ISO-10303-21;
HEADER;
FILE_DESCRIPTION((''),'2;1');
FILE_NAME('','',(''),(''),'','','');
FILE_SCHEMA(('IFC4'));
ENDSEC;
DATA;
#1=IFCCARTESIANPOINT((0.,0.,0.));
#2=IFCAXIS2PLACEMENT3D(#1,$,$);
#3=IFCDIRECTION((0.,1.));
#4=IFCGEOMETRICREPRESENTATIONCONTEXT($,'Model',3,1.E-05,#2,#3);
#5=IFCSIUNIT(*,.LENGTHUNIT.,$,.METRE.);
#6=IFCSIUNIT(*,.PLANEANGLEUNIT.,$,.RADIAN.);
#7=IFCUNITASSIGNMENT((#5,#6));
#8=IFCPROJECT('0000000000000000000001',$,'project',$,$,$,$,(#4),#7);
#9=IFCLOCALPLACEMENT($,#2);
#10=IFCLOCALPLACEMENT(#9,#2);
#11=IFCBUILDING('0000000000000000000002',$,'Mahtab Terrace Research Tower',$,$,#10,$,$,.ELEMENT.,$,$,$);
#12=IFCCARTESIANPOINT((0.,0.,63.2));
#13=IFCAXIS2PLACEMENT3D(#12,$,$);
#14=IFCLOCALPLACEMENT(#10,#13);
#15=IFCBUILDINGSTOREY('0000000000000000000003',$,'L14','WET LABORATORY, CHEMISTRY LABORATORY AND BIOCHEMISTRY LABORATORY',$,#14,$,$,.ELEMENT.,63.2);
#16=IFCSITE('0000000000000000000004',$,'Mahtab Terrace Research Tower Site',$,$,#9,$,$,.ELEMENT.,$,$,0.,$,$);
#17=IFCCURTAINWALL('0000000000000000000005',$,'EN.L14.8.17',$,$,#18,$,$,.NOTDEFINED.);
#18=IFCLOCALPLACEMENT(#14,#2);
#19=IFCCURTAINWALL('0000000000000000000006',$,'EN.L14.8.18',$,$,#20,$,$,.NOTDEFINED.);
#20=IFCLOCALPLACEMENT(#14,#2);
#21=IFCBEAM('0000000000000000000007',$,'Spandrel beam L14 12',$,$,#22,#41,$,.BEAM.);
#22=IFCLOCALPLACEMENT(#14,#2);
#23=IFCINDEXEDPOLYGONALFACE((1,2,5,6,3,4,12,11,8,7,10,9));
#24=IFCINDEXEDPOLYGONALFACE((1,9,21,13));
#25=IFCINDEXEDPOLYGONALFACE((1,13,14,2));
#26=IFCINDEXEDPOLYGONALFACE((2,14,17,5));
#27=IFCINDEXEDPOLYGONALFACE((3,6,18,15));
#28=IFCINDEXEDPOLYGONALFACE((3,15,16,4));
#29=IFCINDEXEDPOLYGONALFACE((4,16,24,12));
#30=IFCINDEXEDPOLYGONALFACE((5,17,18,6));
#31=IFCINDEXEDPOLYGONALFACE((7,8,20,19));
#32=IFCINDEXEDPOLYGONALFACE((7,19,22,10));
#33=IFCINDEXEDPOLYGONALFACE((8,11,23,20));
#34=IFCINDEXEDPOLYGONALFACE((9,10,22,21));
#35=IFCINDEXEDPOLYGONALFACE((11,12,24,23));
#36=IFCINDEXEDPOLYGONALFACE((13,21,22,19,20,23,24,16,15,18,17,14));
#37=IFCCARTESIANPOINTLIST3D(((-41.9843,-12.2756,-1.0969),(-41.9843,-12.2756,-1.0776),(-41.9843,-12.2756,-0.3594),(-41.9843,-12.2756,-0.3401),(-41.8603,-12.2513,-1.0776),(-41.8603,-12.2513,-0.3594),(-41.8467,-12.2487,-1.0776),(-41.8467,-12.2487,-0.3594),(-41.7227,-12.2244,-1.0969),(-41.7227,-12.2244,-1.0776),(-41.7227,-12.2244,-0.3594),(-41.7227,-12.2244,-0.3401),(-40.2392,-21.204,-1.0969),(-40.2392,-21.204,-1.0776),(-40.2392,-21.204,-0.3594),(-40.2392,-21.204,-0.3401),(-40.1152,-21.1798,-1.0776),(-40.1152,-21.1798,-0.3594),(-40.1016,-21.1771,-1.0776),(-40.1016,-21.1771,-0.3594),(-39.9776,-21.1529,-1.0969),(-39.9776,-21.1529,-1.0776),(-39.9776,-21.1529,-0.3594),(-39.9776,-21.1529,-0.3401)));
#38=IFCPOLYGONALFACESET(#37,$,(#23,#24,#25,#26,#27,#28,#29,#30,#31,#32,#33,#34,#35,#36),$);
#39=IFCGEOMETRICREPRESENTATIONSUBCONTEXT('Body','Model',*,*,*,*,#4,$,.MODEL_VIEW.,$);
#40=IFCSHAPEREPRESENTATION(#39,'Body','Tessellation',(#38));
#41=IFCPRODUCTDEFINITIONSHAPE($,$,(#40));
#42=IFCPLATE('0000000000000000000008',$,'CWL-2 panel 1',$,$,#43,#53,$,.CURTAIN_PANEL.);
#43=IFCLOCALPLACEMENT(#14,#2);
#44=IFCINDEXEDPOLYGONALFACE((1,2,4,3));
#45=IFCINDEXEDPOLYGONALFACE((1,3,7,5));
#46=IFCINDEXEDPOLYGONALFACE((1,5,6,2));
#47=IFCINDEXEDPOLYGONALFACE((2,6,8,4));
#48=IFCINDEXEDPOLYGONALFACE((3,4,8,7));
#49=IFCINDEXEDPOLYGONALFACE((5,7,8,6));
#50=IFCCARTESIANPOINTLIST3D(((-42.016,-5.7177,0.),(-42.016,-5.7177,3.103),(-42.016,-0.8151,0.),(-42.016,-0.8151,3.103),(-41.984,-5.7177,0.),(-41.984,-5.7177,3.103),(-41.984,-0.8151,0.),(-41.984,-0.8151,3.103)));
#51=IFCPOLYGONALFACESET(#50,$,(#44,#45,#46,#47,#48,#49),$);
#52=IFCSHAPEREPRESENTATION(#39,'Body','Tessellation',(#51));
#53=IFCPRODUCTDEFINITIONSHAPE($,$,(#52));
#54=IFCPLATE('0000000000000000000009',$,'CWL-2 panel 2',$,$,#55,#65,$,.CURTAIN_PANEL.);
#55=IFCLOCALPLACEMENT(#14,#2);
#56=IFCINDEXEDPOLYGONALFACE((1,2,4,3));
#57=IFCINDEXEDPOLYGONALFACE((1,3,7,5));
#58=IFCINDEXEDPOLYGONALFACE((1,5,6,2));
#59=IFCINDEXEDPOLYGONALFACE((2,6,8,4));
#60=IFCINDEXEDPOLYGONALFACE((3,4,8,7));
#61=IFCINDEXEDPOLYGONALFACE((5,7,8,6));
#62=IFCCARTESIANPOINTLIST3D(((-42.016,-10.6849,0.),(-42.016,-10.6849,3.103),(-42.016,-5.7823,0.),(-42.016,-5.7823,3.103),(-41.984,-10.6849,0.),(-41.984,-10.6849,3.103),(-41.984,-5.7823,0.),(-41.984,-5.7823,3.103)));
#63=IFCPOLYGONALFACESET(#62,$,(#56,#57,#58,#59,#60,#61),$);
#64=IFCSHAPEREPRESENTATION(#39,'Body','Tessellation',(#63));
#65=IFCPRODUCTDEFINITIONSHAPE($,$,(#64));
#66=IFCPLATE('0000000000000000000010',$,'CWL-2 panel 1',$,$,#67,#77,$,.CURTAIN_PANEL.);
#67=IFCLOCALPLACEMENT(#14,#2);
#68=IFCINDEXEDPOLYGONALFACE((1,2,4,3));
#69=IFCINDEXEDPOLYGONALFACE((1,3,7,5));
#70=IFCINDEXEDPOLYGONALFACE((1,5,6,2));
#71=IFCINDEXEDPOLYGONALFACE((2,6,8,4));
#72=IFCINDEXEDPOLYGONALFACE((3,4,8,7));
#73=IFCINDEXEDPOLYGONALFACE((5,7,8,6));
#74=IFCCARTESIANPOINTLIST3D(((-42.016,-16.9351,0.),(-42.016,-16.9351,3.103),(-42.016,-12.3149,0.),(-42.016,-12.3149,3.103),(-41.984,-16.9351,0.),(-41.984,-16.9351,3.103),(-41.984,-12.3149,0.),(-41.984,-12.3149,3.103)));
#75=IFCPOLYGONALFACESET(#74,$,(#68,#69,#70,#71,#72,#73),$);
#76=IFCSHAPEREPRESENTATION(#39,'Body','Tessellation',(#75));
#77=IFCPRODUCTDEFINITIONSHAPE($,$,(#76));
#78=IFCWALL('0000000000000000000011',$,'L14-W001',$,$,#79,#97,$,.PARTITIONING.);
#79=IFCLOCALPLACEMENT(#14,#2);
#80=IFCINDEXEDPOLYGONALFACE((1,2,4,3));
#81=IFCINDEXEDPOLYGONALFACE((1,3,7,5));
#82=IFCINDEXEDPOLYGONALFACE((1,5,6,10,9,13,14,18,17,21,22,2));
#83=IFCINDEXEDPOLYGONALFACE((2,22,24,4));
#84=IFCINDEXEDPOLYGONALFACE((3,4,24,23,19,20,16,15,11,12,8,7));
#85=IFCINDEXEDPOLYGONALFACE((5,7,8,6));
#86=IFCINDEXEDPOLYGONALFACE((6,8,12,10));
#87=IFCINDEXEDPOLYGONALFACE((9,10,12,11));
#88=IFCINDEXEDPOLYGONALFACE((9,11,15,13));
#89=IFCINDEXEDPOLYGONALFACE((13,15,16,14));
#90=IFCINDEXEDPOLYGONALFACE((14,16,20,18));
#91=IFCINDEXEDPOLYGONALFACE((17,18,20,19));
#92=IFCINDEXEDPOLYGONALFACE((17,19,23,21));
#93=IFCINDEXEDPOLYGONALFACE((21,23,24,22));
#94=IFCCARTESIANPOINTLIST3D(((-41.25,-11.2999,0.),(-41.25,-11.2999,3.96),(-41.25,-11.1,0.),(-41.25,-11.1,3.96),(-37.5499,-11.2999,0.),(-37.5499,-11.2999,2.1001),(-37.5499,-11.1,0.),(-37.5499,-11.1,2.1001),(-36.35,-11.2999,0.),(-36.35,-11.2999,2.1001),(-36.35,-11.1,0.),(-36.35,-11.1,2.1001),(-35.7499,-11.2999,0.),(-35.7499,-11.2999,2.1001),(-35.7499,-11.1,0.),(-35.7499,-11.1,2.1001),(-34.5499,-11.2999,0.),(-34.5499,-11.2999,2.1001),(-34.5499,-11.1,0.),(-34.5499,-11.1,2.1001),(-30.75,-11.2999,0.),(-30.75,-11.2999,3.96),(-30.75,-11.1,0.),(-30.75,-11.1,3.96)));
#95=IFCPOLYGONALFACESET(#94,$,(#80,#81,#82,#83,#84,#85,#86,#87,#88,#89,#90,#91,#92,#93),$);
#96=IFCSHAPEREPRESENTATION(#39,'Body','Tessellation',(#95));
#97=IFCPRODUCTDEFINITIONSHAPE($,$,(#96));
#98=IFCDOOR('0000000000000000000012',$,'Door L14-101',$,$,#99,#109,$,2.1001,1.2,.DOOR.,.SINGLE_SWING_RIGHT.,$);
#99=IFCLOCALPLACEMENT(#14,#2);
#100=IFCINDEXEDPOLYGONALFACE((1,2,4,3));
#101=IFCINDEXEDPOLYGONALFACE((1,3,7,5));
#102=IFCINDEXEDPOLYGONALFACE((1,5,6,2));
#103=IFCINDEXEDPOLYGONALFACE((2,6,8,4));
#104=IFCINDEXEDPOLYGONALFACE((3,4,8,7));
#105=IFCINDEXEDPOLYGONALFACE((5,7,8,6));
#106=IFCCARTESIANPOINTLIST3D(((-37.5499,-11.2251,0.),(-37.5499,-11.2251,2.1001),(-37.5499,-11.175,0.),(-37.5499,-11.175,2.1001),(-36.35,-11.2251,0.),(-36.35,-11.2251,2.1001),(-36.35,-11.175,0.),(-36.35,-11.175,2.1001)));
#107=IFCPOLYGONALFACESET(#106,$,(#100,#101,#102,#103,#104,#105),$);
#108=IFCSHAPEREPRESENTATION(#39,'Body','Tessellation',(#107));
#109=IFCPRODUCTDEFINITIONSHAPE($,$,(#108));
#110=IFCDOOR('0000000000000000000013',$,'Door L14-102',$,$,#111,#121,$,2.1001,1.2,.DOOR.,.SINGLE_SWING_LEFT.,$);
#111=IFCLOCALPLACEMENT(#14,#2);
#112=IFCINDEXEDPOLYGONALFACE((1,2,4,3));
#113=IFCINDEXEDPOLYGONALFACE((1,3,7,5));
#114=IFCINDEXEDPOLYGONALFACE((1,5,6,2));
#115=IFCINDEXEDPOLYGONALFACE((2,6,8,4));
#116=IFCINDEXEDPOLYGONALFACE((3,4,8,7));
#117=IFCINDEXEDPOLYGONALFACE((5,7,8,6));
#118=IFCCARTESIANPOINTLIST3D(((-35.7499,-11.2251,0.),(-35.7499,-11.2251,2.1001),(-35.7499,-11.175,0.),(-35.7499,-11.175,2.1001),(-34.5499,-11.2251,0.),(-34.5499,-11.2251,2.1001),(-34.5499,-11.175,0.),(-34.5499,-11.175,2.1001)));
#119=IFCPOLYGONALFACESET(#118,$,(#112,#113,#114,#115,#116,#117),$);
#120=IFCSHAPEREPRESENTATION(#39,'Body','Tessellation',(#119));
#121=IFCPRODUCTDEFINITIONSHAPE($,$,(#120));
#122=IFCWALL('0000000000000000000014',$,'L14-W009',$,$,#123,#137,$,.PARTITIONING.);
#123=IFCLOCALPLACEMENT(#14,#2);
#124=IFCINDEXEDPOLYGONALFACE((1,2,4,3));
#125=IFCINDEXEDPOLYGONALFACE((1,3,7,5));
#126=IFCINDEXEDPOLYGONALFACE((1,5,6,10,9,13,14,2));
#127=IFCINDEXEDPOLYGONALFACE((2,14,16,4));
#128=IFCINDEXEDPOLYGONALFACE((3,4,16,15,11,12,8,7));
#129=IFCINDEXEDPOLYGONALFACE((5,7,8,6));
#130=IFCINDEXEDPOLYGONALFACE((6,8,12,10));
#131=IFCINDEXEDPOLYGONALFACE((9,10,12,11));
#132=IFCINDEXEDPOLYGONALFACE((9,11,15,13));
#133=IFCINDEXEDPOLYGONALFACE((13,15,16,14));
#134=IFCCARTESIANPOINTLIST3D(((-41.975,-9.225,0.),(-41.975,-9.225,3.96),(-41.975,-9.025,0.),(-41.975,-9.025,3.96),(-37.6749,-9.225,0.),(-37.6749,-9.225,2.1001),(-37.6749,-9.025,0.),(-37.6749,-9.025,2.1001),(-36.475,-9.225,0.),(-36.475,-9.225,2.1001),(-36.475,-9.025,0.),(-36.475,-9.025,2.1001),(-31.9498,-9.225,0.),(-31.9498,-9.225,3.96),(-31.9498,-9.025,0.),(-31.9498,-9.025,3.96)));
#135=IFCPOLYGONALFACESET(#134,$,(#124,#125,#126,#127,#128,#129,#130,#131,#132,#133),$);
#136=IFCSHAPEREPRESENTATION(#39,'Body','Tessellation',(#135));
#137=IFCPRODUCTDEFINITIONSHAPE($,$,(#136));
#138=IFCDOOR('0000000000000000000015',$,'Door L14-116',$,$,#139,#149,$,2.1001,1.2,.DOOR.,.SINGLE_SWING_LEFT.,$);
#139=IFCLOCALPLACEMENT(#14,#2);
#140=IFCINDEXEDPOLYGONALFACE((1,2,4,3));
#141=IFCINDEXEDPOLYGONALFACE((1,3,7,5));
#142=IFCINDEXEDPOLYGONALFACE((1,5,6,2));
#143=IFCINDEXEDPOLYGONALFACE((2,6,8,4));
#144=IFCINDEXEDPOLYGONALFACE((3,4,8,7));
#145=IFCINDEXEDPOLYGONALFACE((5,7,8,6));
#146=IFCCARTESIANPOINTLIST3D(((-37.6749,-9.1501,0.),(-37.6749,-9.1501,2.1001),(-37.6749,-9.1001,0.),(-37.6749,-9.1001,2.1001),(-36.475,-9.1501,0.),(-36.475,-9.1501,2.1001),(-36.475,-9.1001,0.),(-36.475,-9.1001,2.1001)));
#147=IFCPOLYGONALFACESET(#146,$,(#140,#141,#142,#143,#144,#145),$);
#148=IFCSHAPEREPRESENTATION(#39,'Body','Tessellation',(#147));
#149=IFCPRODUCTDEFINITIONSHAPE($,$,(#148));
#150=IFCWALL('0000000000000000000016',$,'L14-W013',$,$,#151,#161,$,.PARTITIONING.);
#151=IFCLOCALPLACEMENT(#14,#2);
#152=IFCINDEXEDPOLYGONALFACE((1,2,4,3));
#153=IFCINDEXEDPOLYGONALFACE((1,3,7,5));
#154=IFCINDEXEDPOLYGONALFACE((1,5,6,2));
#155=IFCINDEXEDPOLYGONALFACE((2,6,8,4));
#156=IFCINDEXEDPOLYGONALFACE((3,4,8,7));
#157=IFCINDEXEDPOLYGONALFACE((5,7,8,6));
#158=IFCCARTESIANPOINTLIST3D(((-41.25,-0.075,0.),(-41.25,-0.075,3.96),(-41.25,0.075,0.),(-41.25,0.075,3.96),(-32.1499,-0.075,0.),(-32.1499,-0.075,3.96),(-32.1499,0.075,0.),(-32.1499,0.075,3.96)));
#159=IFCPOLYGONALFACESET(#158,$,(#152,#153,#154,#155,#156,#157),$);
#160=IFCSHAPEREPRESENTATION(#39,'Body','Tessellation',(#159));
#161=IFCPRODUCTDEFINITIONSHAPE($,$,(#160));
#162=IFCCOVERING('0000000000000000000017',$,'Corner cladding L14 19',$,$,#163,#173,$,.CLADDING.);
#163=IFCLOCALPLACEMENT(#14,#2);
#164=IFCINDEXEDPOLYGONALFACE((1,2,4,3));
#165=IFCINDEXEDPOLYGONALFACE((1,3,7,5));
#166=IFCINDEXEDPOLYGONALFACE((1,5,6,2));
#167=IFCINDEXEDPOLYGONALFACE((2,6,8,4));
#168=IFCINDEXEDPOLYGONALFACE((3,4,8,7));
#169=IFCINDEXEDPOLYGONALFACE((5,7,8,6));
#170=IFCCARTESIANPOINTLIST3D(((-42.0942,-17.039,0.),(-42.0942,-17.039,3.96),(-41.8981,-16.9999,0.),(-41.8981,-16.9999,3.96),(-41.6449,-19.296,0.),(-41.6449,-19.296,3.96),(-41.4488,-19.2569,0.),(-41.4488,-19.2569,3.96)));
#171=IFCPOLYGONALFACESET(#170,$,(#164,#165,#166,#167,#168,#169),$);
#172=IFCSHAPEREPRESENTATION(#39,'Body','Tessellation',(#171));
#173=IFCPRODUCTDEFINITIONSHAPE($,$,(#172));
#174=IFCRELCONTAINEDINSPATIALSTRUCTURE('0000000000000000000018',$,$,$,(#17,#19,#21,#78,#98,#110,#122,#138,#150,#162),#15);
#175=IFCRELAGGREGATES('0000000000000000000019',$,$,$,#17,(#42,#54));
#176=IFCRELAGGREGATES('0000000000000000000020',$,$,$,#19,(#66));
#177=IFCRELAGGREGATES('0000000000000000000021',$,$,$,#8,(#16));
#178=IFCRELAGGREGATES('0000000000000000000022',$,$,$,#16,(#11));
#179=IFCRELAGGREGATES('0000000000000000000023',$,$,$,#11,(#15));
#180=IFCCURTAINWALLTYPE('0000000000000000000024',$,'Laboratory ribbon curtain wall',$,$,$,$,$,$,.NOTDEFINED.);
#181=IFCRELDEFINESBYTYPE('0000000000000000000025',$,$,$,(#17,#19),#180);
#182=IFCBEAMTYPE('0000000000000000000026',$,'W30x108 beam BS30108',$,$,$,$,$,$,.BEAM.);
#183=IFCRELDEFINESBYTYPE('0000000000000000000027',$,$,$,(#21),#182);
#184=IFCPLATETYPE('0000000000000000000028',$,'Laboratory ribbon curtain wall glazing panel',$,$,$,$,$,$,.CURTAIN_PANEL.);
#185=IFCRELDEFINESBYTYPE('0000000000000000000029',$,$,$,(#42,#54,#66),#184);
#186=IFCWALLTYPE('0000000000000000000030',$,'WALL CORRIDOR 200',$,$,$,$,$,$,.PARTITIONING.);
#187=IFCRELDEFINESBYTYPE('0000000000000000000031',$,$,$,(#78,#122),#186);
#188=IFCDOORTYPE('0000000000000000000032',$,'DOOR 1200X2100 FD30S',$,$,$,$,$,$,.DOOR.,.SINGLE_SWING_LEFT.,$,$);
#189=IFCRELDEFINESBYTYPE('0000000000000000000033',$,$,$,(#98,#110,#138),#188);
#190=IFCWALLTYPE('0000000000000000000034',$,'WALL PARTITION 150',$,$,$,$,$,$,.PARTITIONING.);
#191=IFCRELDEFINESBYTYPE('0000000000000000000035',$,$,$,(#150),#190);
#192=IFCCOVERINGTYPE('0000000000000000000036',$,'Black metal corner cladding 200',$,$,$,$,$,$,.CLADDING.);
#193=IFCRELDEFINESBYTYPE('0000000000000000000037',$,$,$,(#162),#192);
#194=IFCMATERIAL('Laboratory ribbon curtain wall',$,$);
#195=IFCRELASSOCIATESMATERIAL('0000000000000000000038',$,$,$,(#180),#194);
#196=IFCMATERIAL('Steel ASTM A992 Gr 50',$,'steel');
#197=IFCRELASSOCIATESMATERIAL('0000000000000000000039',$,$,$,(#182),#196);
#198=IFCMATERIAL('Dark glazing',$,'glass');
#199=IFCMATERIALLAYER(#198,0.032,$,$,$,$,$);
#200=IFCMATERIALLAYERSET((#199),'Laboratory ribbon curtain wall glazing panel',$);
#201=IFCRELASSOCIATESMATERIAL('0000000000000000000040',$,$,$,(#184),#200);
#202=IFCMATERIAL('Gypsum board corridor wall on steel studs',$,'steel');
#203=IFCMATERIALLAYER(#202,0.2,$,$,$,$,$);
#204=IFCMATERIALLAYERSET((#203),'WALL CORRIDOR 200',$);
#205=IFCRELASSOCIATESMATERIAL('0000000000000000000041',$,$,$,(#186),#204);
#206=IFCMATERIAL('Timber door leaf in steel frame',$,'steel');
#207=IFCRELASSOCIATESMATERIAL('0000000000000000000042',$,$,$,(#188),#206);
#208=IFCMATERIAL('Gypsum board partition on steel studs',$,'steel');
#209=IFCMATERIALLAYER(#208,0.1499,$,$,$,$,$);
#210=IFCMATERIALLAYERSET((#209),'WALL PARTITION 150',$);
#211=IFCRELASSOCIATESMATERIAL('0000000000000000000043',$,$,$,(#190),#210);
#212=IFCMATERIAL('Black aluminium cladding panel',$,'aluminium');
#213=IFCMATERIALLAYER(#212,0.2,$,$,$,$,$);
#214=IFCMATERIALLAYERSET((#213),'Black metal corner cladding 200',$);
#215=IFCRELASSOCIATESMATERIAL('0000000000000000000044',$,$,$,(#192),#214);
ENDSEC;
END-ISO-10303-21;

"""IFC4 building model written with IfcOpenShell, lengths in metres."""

from ifc_helpers import new_model, si_unit, direction, frame, frame_2d, origin, origin_2d, place, context, subcontext, project, spatial, rectangle, i_section, extrude, material, layer, layer_set, material_profile, profile_set, type_object, element, fill, aggregate, save


model = new_model("IFC4")

# Units and contexts
model_context = context("Model", 3, precision=1e-05, world=origin(), true_north=direction((0.0, 1.0)))
body_context = subcontext(model_context, "Body", "Model", "MODEL_VIEW")
ifc_project = project(units=[si_unit("LENGTHUNIT", "METRE"), si_unit("PLANEANGLEUNIT", "RADIAN")], contexts=[model_context])

# Site, building, storey
site_placement = place(None, origin())
site = spatial("IfcSite", under=ifc_project, at=site_placement, Name="Mahtab Terrace Research Tower Site", CompositionType="ELEMENT", RefElevation=0.0)
building_placement = place(site_placement, origin())
building = spatial("IfcBuilding", under=site, at=building_placement, Name="Mahtab Terrace Research Tower", CompositionType="ELEMENT")
storey_placement = place(building_placement, frame((0.0, 0.0, 63.2)))
storey = spatial("IfcBuildingStorey", under=building, at=storey_placement, Name="L14", Description="WET LABORATORY, CHEMISTRY LABORATORY AND BIOCHEMISTRY LABORATORY", CompositionType="ELEMENT", Elevation=63.2)

# Shared definitions
ifc_material_1 = material(Name="Steel ASTM A992 Gr 50", Category="steel")

# Shared definitions
ifc_material_2 = material(Name="Laboratory ribbon curtain wall")
curtain_wall_type = type_object("IfcCurtainWallType", Name="Laboratory ribbon curtain wall", PredefinedType="NOTDEFINED", material=ifc_material_2)

# Curtain walls
curtain_wall_1_placement = place(storey_placement, origin())
curtain_wall_1 = element("IfcCurtainWall", 1, at=curtain_wall_1_placement, inside=storey, type_object=curtain_wall_type, Name="EN.L14.8.17", PredefinedType="NOTDEFINED")
curtain_wall_2_placement = place(storey_placement, origin())
curtain_wall_2 = element("IfcCurtainWall", 2, at=curtain_wall_2_placement, inside=storey, type_object=curtain_wall_type, Name="EN.L14.8.18", PredefinedType="NOTDEFINED")

# Beam
ifc_material_profile_1 = material_profile(ifc_material_1, i_section(OverallWidth=0.2666, OverallDepth=0.7568, WebThickness=0.0139, FlangeThickness=0.0193, at=origin_2d()), Name="W30X108")
ifc_profile_set_1 = profile_set([ifc_material_profile_1], Name="Steel ASTM A992 Gr 50")
beam_type = type_object("IfcBeamType", Name="W30x108 beam BS30108", PredefinedType="BEAM", material=ifc_profile_set_1)
beam_1_placement = place(storey_placement, frame((-41.8535, -12.25, -0.7185), z_axis=(0.191826, -0.981429, 0.0), x_axis=(0.981429, 0.191826, 0.0)))
element("IfcBeam", 3, at=beam_1_placement, inside=storey, type_object=beam_type, Name="Spandrel beam L14 12", PredefinedType="BEAM", context=body_context, shape_type="SweptSolid", body=[
    extrude(i_section(OverallWidth=0.2666, OverallDepth=0.7568, WebThickness=0.0139, FlangeThickness=0.0193, at=origin_2d()), origin(), (0.0, 0.0, 1.0), 9.0974),
])

# Plates
ifc_material_3 = material(Name="Dark glazing", Category="glass")
ifc_layer_1 = layer(ifc_material_3, 0.032)
ifc_layer_set_1 = layer_set([ifc_layer_1], Name="Laboratory ribbon curtain wall glazing panel")
plate_type = type_object("IfcPlateType", Name="Laboratory ribbon curtain wall glazing panel", PredefinedType="CURTAIN_PANEL", material=ifc_layer_set_1)
plate_1_placement = place(storey_placement, frame((-42.0, -3.2664, 0.0), z_axis=(0.0, 0.0, 1.0), x_axis=(0.0, -1.0, 0.0)))
plate_1 = element("IfcPlate", 4, at=plate_1_placement, type_object=plate_type, Name="CWL-2 panel 1", PredefinedType="CURTAIN_PANEL", context=body_context, shape_type="SweptSolid", body=[
    extrude(rectangle(XDim=4.9026, YDim=0.032, at=origin_2d()), origin(), (0.0, 0.0, 1.0), 3.103),
])
plate_2_placement = place(storey_placement, frame((-42.0, -8.2336, 0.0), z_axis=(0.0, 0.0, 1.0), x_axis=(0.0, -1.0, 0.0)))
plate_2 = element("IfcPlate", 5, at=plate_2_placement, type_object=plate_type, Name="CWL-2 panel 2", PredefinedType="CURTAIN_PANEL", context=body_context, shape_type="SweptSolid", body=[
    extrude(rectangle(XDim=4.9026, YDim=0.032, at=origin_2d()), origin(), (0.0, 0.0, 1.0), 3.103),
])
aggregate(curtain_wall_1, [plate_1, plate_2])
plate_3_placement = place(storey_placement, frame((-42.0, -14.625, 0.0), z_axis=(0.0, 0.0, 1.0), x_axis=(0.0, -1.0, 0.0)))
plate_3 = element("IfcPlate", 6, at=plate_3_placement, type_object=plate_type, Name="CWL-2 panel 1", PredefinedType="CURTAIN_PANEL", context=body_context, shape_type="SweptSolid", body=[
    extrude(rectangle(XDim=4.6201, YDim=0.032, at=origin_2d()), origin(), (0.0, 0.0, 1.0), 3.103),
])
aggregate(curtain_wall_2, [plate_3])

# Wall, openings, doors
ifc_material_4 = material(Name="Gypsum board corridor wall on steel studs", Category="steel")
ifc_layer_2 = layer(ifc_material_4, 0.2)
ifc_layer_set_2 = layer_set([ifc_layer_2], Name="WALL CORRIDOR 200")
wall_type_1 = type_object("IfcWallType", Name="WALL CORRIDOR 200", PredefinedType="PARTITIONING", material=ifc_layer_set_2)
wall_1_placement = place(storey_placement, frame((-41.25, -11.2, 0.0), z_axis=(0.0, 0.0, 1.0), x_axis=(1.0, 0.0, 0.0)))
wall_1 = element("IfcWall", 7, at=wall_1_placement, inside=storey, type_object=wall_type_1, Name="L14-W001", PredefinedType="PARTITIONING", context=body_context, shape_type="SweptSolid", body=[
    extrude(rectangle(XDim=10.5, YDim=0.2, at=frame_2d((5.25, 0.0))), origin(), (0.0, 0.0, 1.0), 3.96),
])
opening_1_placement = place(wall_1_placement, frame((3.7, 0.0, 0.0)))
opening_1 = element("IfcOpeningElement", 8, at=opening_1_placement, cuts=wall_1, PredefinedType="OPENING", context=body_context, shape_type="SweptSolid", body=[
    extrude(rectangle(XDim=1.2, YDim=2.1001, at=frame_2d((0.6001, 1.05))), frame((0.0, 0.1099, 0.0), z_axis=(0.0, -1.0, 0.0), x_axis=(1.0, 0.0, 0.0)), (0.0, 0.0, 1.0), 0.22),
])
opening_2_placement = place(wall_1_placement, frame((5.5, 0.0, 0.0)))
opening_2 = element("IfcOpeningElement", 9, at=opening_2_placement, cuts=wall_1, PredefinedType="OPENING", context=body_context, shape_type="SweptSolid", body=[
    extrude(rectangle(XDim=1.2, YDim=2.1001, at=frame_2d((0.6001, 1.05))), frame((0.0, 0.1099, 0.0), z_axis=(0.0, -1.0, 0.0), x_axis=(1.0, 0.0, 0.0)), (0.0, 0.0, 1.0), 0.22),
])
ifc_material_5 = material(Name="Timber door leaf in steel frame", Category="steel")
door_type = type_object("IfcDoorType", Name="DOOR 1200X2100 FD30S", OperationType="SINGLE_SWING_LEFT", PredefinedType="DOOR", material=ifc_material_5)
door_1_placement = place(opening_1_placement, origin())
door_1 = element("IfcDoor", 10, at=door_1_placement, inside=storey, type_object=door_type, Name="Door L14-101", OperationType="SINGLE_SWING_RIGHT", OverallHeight=2.1001, OverallWidth=1.2, PredefinedType="DOOR", context=body_context, shape_type="SweptSolid", body=[
    extrude(rectangle(XDim=1.2, YDim=2.1001, at=frame_2d((0.6001, 1.05))), frame((0.0, 0.0249, 0.0), z_axis=(0.0, -1.0, 0.0), x_axis=(1.0, 0.0, 0.0)), (0.0, 0.0, 1.0), 0.05),
])
fill(opening_1, door_1)
door_2_placement = place(opening_2_placement, origin())
door_2 = element("IfcDoor", 11, at=door_2_placement, inside=storey, type_object=door_type, Name="Door L14-102", OperationType="SINGLE_SWING_LEFT", OverallHeight=2.1001, OverallWidth=1.2, PredefinedType="DOOR", context=body_context, shape_type="SweptSolid", body=[
    extrude(rectangle(XDim=1.2, YDim=2.1001, at=frame_2d((0.6001, 1.05))), frame((0.0, 0.0249, 0.0), z_axis=(0.0, -1.0, 0.0), x_axis=(1.0, 0.0, 0.0)), (0.0, 0.0, 1.0), 0.05),
])
fill(opening_2, door_2)

# Wall, opening, door
wall_2_placement = place(storey_placement, frame((-41.9751, -9.125, 0.0), z_axis=(0.0, 0.0, 1.0), x_axis=(1.0, 0.0, 0.0)))
wall_2 = element("IfcWall", 12, at=wall_2_placement, inside=storey, type_object=wall_type_1, Name="L14-W009", PredefinedType="PARTITIONING", context=body_context, shape_type="SweptSolid", body=[
    extrude(rectangle(XDim=10.0251, YDim=0.2, at=frame_2d((5.0127, 0.0))), origin(), (0.0, 0.0, 1.0), 3.96),
])
opening_3_placement = place(wall_2_placement, frame((4.3, 0.0, 0.0)))
opening_3 = element("IfcOpeningElement", 13, at=opening_3_placement, cuts=wall_2, PredefinedType="OPENING", context=body_context, shape_type="SweptSolid", body=[
    extrude(rectangle(XDim=1.2, YDim=2.1001, at=frame_2d((0.6001, 1.05))), frame((0.0, 0.1099, 0.0), z_axis=(0.0, -1.0, 0.0), x_axis=(1.0, 0.0, 0.0)), (0.0, 0.0, 1.0), 0.22),
])
door_3_placement = place(opening_3_placement, origin())
door_3 = element("IfcDoor", 14, at=door_3_placement, inside=storey, type_object=door_type, Name="Door L14-116", OperationType="SINGLE_SWING_LEFT", OverallHeight=2.1001, OverallWidth=1.2, PredefinedType="DOOR", context=body_context, shape_type="SweptSolid", body=[
    extrude(rectangle(XDim=1.2, YDim=2.1001, at=frame_2d((0.6001, 1.05))), frame((0.0, 0.0249, 0.0), z_axis=(0.0, -1.0, 0.0), x_axis=(1.0, 0.0, 0.0)), (0.0, 0.0, 1.0), 0.05),
])
fill(opening_3, door_3)

# Wall
ifc_material_6 = material(Name="Gypsum board partition on steel studs", Category="steel")
ifc_layer_3 = layer(ifc_material_6, 0.1499)
ifc_layer_set_3 = layer_set([ifc_layer_3], Name="WALL PARTITION 150")
wall_type_2 = type_object("IfcWallType", Name="WALL PARTITION 150", PredefinedType="PARTITIONING", material=ifc_layer_set_3)
wall_3_placement = place(storey_placement, frame((-41.25, 0.0, 0.0), z_axis=(0.0, 0.0, 1.0), x_axis=(1.0, 0.0, 0.0)))
element("IfcWall", 15, at=wall_3_placement, inside=storey, type_object=wall_type_2, Name="L14-W013", PredefinedType="PARTITIONING", context=body_context, shape_type="SweptSolid", body=[
    extrude(rectangle(XDim=9.1001, YDim=0.1499, at=frame_2d((4.55, 0.0))), origin(), (0.0, 0.0, 1.0), 3.96),
])

# Covering
ifc_material_7 = material(Name="Black aluminium cladding panel", Category="aluminium")
ifc_layer_4 = layer(ifc_material_7, 0.2)
ifc_layer_set_4 = layer_set([ifc_layer_4], Name="Black metal corner cladding 200")
covering_type_1 = type_object("IfcCoveringType", Name="Black metal corner cladding 200", PredefinedType="CLADDING", material=ifc_layer_set_4)
covering_1_placement = place(storey_placement, frame((-41.7715, -18.1479, 0.0), z_axis=(0.0, 0.0, 1.0), x_axis=(0.195212, -0.980761, 0.0)))
element("IfcCovering", 16, at=covering_1_placement, inside=storey, type_object=covering_type_1, Name="Corner cladding L14 19", PredefinedType="CLADDING", context=body_context, shape_type="SweptSolid", body=[
    extrude(rectangle(XDim=2.3013, YDim=0.2, at=origin_2d()), origin(), (0.0, 0.0, 1.0), 3.96),
])

save(model, "model.ifc")
